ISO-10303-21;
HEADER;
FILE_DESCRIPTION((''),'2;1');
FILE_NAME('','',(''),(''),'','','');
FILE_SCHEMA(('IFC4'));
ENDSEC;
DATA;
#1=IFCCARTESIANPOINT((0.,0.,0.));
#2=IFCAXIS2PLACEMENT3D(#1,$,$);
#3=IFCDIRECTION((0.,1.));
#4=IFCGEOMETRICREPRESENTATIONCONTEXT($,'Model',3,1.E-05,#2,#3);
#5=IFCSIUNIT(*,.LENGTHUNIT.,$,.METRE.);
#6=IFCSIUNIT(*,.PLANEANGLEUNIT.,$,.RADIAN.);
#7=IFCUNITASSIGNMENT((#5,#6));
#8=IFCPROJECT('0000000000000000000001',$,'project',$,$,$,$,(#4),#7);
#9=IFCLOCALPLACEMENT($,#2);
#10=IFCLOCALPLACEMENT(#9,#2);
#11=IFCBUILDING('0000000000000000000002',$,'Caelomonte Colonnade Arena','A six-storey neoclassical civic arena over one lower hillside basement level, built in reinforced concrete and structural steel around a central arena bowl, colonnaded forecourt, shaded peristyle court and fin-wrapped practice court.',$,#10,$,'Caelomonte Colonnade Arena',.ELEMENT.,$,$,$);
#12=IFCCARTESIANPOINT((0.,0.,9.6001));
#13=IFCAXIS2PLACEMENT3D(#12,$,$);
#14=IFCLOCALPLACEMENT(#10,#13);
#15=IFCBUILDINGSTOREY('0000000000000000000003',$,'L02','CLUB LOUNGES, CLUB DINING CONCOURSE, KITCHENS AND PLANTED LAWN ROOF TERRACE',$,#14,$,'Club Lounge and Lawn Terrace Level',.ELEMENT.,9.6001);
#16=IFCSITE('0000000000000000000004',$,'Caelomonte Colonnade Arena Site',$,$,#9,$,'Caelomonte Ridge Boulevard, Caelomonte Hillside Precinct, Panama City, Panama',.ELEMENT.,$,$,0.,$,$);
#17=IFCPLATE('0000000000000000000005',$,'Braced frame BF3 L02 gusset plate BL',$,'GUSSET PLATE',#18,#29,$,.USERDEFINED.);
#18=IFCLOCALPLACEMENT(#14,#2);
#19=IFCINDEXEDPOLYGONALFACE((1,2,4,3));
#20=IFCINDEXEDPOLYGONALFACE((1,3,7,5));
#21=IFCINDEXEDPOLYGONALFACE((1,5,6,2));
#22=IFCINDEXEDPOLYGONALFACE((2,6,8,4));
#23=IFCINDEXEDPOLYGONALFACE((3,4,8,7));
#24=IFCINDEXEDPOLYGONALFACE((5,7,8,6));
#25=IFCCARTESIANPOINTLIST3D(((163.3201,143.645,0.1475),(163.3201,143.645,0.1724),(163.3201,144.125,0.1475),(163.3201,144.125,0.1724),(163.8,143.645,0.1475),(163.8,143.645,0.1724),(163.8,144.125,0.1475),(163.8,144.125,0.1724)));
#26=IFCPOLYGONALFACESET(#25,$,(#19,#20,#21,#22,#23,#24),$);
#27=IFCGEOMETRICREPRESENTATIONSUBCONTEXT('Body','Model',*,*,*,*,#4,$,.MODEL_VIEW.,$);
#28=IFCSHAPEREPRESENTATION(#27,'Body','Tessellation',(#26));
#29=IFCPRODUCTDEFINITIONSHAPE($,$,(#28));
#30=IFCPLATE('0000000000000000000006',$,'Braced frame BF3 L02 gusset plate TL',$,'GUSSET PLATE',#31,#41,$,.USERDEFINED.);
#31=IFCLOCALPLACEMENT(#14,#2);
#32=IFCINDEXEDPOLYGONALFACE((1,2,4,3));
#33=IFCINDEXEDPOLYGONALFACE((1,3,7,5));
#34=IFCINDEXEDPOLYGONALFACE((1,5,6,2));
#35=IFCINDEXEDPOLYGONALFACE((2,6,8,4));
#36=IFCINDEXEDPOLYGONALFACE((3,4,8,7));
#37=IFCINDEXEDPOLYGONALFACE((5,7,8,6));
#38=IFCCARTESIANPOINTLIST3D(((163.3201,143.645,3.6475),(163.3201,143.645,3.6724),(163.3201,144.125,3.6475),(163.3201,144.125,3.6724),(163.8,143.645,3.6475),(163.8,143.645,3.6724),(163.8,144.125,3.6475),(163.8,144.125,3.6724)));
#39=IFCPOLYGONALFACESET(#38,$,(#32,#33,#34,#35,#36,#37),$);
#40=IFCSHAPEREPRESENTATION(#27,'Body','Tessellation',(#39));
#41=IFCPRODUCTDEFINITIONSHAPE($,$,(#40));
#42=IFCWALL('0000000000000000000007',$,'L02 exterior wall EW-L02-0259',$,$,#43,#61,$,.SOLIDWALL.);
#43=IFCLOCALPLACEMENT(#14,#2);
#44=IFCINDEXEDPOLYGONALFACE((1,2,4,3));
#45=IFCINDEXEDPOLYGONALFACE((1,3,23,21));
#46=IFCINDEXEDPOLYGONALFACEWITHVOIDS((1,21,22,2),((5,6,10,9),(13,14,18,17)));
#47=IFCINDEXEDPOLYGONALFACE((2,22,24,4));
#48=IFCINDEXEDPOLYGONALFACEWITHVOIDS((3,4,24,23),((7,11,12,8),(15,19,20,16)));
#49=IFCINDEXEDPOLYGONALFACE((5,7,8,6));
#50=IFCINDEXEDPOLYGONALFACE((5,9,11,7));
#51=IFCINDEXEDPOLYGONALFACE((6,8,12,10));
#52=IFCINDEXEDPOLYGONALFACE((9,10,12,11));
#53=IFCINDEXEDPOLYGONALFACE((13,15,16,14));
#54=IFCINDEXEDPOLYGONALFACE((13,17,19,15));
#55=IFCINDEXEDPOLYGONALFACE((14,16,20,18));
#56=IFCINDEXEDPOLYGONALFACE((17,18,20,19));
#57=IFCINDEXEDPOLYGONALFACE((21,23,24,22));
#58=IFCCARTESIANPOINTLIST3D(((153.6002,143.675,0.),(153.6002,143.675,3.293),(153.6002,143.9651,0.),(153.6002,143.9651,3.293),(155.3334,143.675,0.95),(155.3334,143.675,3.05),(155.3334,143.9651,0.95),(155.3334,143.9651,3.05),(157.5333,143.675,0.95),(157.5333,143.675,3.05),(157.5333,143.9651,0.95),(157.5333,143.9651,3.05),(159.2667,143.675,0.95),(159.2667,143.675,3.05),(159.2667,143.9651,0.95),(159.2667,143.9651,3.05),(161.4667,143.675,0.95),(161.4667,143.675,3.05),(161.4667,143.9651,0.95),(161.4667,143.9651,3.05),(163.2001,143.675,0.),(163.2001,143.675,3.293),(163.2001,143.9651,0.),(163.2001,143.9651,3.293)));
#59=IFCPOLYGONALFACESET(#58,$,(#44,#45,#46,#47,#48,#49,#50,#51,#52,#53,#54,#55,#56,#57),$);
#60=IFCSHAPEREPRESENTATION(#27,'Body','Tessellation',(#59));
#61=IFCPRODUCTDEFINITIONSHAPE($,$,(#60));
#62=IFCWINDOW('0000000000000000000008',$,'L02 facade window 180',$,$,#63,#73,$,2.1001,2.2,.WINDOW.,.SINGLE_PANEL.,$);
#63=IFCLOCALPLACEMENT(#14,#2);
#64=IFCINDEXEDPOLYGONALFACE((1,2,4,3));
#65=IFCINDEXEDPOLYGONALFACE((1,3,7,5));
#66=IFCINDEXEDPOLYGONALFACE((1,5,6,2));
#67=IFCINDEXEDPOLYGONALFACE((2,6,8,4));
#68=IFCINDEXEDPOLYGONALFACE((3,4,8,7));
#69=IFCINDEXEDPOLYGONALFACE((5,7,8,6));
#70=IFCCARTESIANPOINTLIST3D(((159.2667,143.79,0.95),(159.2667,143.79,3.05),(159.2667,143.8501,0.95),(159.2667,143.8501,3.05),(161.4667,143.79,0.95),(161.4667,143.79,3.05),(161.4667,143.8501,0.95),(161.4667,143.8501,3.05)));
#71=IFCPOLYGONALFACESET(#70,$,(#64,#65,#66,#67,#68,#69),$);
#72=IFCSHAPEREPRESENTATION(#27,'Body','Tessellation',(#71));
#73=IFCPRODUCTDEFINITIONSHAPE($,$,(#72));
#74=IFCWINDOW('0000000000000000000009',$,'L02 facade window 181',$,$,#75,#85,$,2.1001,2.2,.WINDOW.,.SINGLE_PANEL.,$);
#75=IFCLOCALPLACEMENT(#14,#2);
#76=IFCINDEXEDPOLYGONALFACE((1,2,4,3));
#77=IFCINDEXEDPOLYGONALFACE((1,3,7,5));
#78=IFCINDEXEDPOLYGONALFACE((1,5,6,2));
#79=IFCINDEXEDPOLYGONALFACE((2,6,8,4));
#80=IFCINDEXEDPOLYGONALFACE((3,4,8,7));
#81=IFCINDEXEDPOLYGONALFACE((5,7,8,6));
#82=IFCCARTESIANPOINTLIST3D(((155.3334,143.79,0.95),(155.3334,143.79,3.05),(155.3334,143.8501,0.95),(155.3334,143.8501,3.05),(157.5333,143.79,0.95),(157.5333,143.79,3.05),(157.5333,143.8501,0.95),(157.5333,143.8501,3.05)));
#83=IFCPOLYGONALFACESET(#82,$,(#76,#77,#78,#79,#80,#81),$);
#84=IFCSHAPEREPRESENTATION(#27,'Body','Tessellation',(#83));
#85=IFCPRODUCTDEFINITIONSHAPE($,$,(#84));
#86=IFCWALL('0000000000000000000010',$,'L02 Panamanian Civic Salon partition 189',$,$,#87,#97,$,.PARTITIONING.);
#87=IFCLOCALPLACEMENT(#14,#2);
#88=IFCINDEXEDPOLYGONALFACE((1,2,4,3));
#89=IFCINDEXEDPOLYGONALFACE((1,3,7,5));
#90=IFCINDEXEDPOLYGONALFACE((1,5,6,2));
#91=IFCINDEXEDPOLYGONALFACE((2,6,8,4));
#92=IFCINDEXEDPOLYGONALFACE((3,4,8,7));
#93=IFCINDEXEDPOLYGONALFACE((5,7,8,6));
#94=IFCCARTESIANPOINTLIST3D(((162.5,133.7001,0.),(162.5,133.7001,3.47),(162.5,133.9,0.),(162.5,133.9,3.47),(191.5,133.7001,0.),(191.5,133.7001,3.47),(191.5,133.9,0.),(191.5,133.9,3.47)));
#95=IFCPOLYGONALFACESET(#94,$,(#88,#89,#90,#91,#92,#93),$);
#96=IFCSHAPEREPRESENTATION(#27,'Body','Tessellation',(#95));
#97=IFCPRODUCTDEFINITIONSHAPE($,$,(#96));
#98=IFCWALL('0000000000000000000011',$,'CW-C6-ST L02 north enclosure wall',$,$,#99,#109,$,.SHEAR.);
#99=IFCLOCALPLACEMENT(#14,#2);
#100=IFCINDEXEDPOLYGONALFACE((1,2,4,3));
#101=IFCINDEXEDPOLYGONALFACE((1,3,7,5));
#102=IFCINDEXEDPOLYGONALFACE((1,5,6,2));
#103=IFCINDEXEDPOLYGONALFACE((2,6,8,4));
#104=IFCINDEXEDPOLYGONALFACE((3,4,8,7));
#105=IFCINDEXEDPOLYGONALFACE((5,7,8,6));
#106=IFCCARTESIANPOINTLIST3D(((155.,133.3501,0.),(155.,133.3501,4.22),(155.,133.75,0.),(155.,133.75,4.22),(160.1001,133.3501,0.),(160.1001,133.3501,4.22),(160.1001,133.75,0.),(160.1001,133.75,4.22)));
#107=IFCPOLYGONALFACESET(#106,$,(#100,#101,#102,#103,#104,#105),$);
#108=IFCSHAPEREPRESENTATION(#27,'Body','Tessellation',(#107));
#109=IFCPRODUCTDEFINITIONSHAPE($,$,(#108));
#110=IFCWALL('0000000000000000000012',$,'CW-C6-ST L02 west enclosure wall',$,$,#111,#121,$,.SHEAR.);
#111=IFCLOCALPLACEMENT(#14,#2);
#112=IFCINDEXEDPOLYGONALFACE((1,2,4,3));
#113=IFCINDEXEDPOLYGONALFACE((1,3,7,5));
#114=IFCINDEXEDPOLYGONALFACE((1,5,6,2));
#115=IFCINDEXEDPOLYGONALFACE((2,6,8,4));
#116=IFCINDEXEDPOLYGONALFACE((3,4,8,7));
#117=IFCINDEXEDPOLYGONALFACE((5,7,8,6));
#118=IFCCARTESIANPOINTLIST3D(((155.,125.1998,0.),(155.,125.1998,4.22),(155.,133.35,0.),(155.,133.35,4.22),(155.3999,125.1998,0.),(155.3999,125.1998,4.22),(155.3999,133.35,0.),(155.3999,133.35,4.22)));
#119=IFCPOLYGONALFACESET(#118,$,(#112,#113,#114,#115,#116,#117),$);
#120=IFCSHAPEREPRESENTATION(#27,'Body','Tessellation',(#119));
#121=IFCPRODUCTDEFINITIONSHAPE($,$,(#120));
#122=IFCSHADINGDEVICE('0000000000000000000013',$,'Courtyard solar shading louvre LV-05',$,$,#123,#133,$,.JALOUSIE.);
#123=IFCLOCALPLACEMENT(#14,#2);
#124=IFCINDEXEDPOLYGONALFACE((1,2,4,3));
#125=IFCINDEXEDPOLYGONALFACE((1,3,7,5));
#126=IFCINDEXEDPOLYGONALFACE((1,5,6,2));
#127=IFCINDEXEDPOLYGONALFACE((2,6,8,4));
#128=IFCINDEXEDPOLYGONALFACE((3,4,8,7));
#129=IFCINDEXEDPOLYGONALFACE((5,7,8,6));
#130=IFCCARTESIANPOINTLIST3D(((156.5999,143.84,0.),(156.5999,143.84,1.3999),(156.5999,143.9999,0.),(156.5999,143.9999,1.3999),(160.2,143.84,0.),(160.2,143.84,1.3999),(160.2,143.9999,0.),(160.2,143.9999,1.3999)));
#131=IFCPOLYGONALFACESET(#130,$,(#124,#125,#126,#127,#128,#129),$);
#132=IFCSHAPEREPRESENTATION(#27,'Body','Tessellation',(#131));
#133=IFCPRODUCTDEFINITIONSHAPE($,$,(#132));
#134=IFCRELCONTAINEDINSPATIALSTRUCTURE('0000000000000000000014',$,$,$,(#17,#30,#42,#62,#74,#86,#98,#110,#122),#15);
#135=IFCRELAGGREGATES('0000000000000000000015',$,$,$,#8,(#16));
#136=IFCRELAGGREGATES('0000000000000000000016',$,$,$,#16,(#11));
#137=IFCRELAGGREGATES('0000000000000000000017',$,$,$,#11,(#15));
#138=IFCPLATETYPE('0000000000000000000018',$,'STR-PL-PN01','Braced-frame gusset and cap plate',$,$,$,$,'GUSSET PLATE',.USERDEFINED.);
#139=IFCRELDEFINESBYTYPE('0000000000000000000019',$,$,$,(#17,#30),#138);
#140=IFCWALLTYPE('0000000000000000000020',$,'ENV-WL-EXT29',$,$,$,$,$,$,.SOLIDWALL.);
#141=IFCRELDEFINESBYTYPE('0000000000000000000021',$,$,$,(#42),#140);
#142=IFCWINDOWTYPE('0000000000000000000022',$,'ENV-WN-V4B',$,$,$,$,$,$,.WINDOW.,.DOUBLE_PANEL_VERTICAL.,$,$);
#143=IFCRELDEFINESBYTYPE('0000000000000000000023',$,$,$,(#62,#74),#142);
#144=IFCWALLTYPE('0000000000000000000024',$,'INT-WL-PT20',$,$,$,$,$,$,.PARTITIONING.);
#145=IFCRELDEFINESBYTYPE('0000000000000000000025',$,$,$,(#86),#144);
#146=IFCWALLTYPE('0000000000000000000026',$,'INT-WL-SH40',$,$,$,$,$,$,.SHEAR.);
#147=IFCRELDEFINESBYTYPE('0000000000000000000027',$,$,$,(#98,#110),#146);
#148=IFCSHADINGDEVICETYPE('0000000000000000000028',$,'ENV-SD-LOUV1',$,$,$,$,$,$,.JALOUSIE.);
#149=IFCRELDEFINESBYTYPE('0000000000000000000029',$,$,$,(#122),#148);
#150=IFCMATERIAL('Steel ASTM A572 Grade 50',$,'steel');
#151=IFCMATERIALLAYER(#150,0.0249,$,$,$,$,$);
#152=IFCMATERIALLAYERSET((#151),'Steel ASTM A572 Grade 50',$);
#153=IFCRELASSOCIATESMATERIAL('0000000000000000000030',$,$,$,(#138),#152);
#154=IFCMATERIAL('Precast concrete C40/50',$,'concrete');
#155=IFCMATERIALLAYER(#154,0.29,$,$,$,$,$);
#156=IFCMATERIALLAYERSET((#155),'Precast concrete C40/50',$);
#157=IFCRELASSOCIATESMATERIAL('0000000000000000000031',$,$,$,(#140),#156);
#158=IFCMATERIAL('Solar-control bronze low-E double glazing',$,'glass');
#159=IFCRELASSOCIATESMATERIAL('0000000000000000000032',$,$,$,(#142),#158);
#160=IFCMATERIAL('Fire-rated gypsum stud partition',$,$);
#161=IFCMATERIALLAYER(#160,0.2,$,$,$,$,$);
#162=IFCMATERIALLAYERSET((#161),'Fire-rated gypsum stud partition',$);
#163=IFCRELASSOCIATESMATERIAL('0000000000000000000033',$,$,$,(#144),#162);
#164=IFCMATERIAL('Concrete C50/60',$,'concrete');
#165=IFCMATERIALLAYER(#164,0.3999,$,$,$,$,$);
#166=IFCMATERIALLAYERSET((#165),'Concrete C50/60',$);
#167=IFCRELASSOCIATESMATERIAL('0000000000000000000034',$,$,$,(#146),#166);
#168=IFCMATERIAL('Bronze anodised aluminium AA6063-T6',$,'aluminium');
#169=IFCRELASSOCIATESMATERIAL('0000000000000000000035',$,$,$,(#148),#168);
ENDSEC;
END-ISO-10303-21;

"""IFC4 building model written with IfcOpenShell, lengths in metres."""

from ifc_helpers import new_model, si_unit, direction, frame, frame_2d, origin, origin_2d, place, context, subcontext, project, spatial, rectangle, extrude, material, layer, layer_set, type_object, element, fill, save


model = new_model("IFC4")

# Units and contexts
model_context = context("Model", 3, precision=1e-05, world=origin(), true_north=direction((0.0, 1.0)))
body_context = subcontext(model_context, "Body", "Model", "MODEL_VIEW")
ifc_project = project(units=[si_unit("LENGTHUNIT", "METRE"), si_unit("PLANEANGLEUNIT", "RADIAN")], contexts=[model_context])

# Site, building, storey
site_placement = place(None, origin())
site = spatial("IfcSite", under=ifc_project, at=site_placement, Name="Caelomonte Colonnade Arena Site", LongName="Caelomonte Ridge Boulevard, Caelomonte Hillside Precinct, Panama City, Panama", CompositionType="ELEMENT", RefElevation=0.0)
building_placement = place(site_placement, origin())
building = spatial("IfcBuilding", under=site, at=building_placement, Name="Caelomonte Colonnade Arena", Description="A six-storey neoclassical civic arena over one lower hillside basement level, built in reinforced concrete and structural steel around a central arena bowl, colonnaded forecourt, shaded peristyle court and fin-wrapped practice court.", LongName="Caelomonte Colonnade Arena", CompositionType="ELEMENT")
storey_placement = place(building_placement, frame((0.0, 0.0, 9.6001)))
storey = spatial("IfcBuildingStorey", under=building, at=storey_placement, Name="L02", Description="CLUB LOUNGES, CLUB DINING CONCOURSE, KITCHENS AND PLANTED LAWN ROOF TERRACE", LongName="Club Lounge and Lawn Terrace Level", CompositionType="ELEMENT", Elevation=9.6001)

# Shared definitions
ifc_material_1 = material(Name="Bronze anodised aluminium AA6063-T6", Category="aluminium")

# Plates
ifc_material_2 = material(Name="Steel ASTM A572 Grade 50", Category="steel")
ifc_layer_1 = layer(ifc_material_2, 0.0249)
ifc_layer_set_1 = layer_set([ifc_layer_1], Name="Steel ASTM A572 Grade 50")
plate_type = type_object("IfcPlateType", Name="STR-PL-PN01", Description="Braced-frame gusset and cap plate", ElementType="GUSSET PLATE", PredefinedType="USERDEFINED", material=ifc_layer_set_1)
for number, where, z_axis, x_axis, name in (
    (1, (163.5601, 143.885, 0.1475), (0.0, 0.0, 1.0), (1.0, 0.0, 0.0), "Braced frame BF3 L02 gusset plate BL"),
    (2, (163.5601, 143.885, 3.6475), (0.0, 0.0, 1.0), (1.0, 0.0, 0.0), "Braced frame BF3 L02 gusset plate TL"),
):
    element("IfcPlate", number, at=place(storey_placement, frame(where, z_axis=z_axis, x_axis=x_axis)), inside=storey, type_object=plate_type, Name=name, ObjectType="GUSSET PLATE", PredefinedType="USERDEFINED", context=body_context, shape_type="SweptSolid", body=[
        extrude(rectangle(XDim=0.48, YDim=0.48, at=origin_2d()), origin(), (0.0, 0.0, 1.0), 0.0249),
    ])

# Wall, openings, windows
ifc_material_3 = material(Name="Precast concrete C40/50", Category="concrete")
ifc_layer_2 = layer(ifc_material_3, 0.29)
ifc_layer_set_2 = layer_set([ifc_layer_2], Name="Precast concrete C40/50")
wall_type_1 = type_object("IfcWallType", Name="ENV-WL-EXT29", PredefinedType="SOLIDWALL", material=ifc_layer_set_2)
wall_1_placement = place(storey_placement, frame((163.2, 143.8201, 0.0), z_axis=(0.0, 0.0, 1.0), x_axis=(-1.0, 0.0, 0.0)))
wall_1 = element("IfcWall", 3, at=wall_1_placement, inside=storey, type_object=wall_type_1, Name="L02 exterior wall EW-L02-0259", PredefinedType="SOLIDWALL", context=body_context, shape_type="SweptSolid", body=[
    extrude(rectangle(XDim=9.5999, YDim=0.29, at=frame_2d((4.7998, 0.0))), origin(), (0.0, 0.0, 1.0), 3.293),
])
opening_1_placement = place(wall_1_placement, frame((3.9333, 0.0, 0.95), z_axis=(0.0, 0.0, 1.0), x_axis=(-1.0, 0.0, 0.0)))
opening_1 = element("IfcOpeningElement", 4, at=opening_1_placement, cuts=wall_1, PredefinedType="OPENING", context=body_context, shape_type="SweptSolid", body=[
    extrude(rectangle(XDim=2.2, YDim=2.1001, at=frame_2d((1.1001, 1.05))), frame((0.0, 0.155, 0.0), z_axis=(0.0, -1.0, 0.0), x_axis=(1.0, 0.0, 0.0)), (0.0, 0.0, 1.0), 0.3101),
])
opening_2_placement = place(wall_1_placement, frame((7.8667, 0.0, 0.95), z_axis=(0.0, 0.0, 1.0), x_axis=(-1.0, 0.0, 0.0)))
opening_2 = element("IfcOpeningElement", 5, at=opening_2_placement, cuts=wall_1, PredefinedType="OPENING", context=body_context, shape_type="SweptSolid", body=[
    extrude(rectangle(XDim=2.2, YDim=2.1001, at=frame_2d((1.1001, 1.05))), frame((0.0, 0.155, 0.0), z_axis=(0.0, -1.0, 0.0), x_axis=(1.0, 0.0, 0.0)), (0.0, 0.0, 1.0), 0.3101),
])
ifc_material_4 = material(Name="Solar-control bronze low-E double glazing", Category="glass")
window_type = type_object("IfcWindowType", Name="ENV-WN-V4B", PartitioningType="DOUBLE_PANEL_VERTICAL", PredefinedType="WINDOW", material=ifc_material_4)
window_1_placement = place(opening_1_placement, origin())
window_1 = element("IfcWindow", 6, at=window_1_placement, inside=storey, type_object=window_type, Name="L02 facade window 180", OverallHeight=2.1001, OverallWidth=2.2, PartitioningType="SINGLE_PANEL", PredefinedType="WINDOW", context=body_context, shape_type="SweptSolid", body=[
    extrude(rectangle(XDim=2.2, YDim=2.1001, at=frame_2d((1.1001, 1.05))), frame((0.0, 0.03, 0.0), z_axis=(0.0, -1.0, 0.0), x_axis=(1.0, 0.0, 0.0)), (0.0, 0.0, 1.0), 0.0601),
])
fill(opening_1, window_1)
window_2_placement = place(opening_2_placement, origin())
window_2 = element("IfcWindow", 7, at=window_2_placement, inside=storey, type_object=window_type, Name="L02 facade window 181", OverallHeight=2.1001, OverallWidth=2.2, PartitioningType="SINGLE_PANEL", PredefinedType="WINDOW", context=body_context, shape_type="SweptSolid", body=[
    extrude(rectangle(XDim=2.2, YDim=2.1001, at=frame_2d((1.1001, 1.05))), frame((0.0, 0.03, 0.0), z_axis=(0.0, -1.0, 0.0), x_axis=(1.0, 0.0, 0.0)), (0.0, 0.0, 1.0), 0.0601),
])
fill(opening_2, window_2)

# Walls
ifc_material_5 = material(Name="Fire-rated gypsum stud partition")
ifc_layer_3 = layer(ifc_material_5, 0.2)
ifc_layer_set_3 = layer_set([ifc_layer_3], Name="Fire-rated gypsum stud partition")
wall_type_2 = type_object("IfcWallType", Name="INT-WL-PT20", PredefinedType="PARTITIONING", material=ifc_layer_set_3)
wall_2_placement = place(storey_placement, frame((162.5, 133.8, 0.0), z_axis=(0.0, 0.0, 1.0), x_axis=(1.0, 0.0, 0.0)))
element("IfcWall", 8, at=wall_2_placement, inside=storey, type_object=wall_type_2, Name="L02 Panamanian Civic Salon partition 189", PredefinedType="PARTITIONING", context=body_context, shape_type="SweptSolid", body=[
    extrude(rectangle(XDim=29.0, YDim=0.2, at=frame_2d((14.5, 0.0))), origin(), (0.0, 0.0, 1.0), 3.47),
])
ifc_material_6 = material(Name="Concrete C50/60", Category="concrete")
ifc_layer_4 = layer(ifc_material_6, 0.3999)
ifc_layer_set_4 = layer_set([ifc_layer_4], Name="Concrete C50/60")
wall_type_3 = type_object("IfcWallType", Name="INT-WL-SH40", PredefinedType="SHEAR", material=ifc_layer_set_4)
wall_3_placement = place(storey_placement, frame((160.1001, 133.55, 0.0), z_axis=(0.0, 0.0, 1.0), x_axis=(-1.0, 0.0, 0.0)))
element("IfcWall", 9, at=wall_3_placement, inside=storey, type_object=wall_type_3, Name="CW-C6-ST L02 north enclosure wall", PredefinedType="SHEAR", context=body_context, shape_type="SweptSolid", body=[
    extrude(rectangle(XDim=5.1001, YDim=0.3999, at=frame_2d((2.55, 0.0))), origin(), (0.0, 0.0, 1.0), 4.22),
])
wall_4_placement = place(storey_placement, frame((155.2, 133.3501, 0.0), z_axis=(0.0, 0.0, 1.0), x_axis=(0.0, -1.0, 0.0)))
element("IfcWall", 10, at=wall_4_placement, inside=storey, type_object=wall_type_3, Name="CW-C6-ST L02 west enclosure wall", PredefinedType="SHEAR", context=body_context, shape_type="SweptSolid", body=[
    extrude(rectangle(XDim=8.1501, YDim=0.3999, at=frame_2d((4.0752, 0.0))), origin(), (0.0, 0.0, 1.0), 4.22),
])

# Shading device
shading_device_type = type_object("IfcShadingDeviceType", Name="ENV-SD-LOUV1", PredefinedType="JALOUSIE", material=ifc_material_1)
shading_device_placement = place(storey_placement, frame((158.3999, 143.9199, 0.0), z_axis=(0.0, 0.0, 1.0), x_axis=(1.0, 0.0, 0.0)))
element("IfcShadingDevice", 11, at=shading_device_placement, inside=storey, type_object=shading_device_type, Name="Courtyard solar shading louvre LV-05", PredefinedType="JALOUSIE", context=body_context, shape_type="SweptSolid", body=[
    extrude(rectangle(XDim=3.6001, YDim=0.1599, at=origin_2d()), origin(), (0.0, 0.0, 1.0), 1.3999),
])

save(model, "model.ifc")
